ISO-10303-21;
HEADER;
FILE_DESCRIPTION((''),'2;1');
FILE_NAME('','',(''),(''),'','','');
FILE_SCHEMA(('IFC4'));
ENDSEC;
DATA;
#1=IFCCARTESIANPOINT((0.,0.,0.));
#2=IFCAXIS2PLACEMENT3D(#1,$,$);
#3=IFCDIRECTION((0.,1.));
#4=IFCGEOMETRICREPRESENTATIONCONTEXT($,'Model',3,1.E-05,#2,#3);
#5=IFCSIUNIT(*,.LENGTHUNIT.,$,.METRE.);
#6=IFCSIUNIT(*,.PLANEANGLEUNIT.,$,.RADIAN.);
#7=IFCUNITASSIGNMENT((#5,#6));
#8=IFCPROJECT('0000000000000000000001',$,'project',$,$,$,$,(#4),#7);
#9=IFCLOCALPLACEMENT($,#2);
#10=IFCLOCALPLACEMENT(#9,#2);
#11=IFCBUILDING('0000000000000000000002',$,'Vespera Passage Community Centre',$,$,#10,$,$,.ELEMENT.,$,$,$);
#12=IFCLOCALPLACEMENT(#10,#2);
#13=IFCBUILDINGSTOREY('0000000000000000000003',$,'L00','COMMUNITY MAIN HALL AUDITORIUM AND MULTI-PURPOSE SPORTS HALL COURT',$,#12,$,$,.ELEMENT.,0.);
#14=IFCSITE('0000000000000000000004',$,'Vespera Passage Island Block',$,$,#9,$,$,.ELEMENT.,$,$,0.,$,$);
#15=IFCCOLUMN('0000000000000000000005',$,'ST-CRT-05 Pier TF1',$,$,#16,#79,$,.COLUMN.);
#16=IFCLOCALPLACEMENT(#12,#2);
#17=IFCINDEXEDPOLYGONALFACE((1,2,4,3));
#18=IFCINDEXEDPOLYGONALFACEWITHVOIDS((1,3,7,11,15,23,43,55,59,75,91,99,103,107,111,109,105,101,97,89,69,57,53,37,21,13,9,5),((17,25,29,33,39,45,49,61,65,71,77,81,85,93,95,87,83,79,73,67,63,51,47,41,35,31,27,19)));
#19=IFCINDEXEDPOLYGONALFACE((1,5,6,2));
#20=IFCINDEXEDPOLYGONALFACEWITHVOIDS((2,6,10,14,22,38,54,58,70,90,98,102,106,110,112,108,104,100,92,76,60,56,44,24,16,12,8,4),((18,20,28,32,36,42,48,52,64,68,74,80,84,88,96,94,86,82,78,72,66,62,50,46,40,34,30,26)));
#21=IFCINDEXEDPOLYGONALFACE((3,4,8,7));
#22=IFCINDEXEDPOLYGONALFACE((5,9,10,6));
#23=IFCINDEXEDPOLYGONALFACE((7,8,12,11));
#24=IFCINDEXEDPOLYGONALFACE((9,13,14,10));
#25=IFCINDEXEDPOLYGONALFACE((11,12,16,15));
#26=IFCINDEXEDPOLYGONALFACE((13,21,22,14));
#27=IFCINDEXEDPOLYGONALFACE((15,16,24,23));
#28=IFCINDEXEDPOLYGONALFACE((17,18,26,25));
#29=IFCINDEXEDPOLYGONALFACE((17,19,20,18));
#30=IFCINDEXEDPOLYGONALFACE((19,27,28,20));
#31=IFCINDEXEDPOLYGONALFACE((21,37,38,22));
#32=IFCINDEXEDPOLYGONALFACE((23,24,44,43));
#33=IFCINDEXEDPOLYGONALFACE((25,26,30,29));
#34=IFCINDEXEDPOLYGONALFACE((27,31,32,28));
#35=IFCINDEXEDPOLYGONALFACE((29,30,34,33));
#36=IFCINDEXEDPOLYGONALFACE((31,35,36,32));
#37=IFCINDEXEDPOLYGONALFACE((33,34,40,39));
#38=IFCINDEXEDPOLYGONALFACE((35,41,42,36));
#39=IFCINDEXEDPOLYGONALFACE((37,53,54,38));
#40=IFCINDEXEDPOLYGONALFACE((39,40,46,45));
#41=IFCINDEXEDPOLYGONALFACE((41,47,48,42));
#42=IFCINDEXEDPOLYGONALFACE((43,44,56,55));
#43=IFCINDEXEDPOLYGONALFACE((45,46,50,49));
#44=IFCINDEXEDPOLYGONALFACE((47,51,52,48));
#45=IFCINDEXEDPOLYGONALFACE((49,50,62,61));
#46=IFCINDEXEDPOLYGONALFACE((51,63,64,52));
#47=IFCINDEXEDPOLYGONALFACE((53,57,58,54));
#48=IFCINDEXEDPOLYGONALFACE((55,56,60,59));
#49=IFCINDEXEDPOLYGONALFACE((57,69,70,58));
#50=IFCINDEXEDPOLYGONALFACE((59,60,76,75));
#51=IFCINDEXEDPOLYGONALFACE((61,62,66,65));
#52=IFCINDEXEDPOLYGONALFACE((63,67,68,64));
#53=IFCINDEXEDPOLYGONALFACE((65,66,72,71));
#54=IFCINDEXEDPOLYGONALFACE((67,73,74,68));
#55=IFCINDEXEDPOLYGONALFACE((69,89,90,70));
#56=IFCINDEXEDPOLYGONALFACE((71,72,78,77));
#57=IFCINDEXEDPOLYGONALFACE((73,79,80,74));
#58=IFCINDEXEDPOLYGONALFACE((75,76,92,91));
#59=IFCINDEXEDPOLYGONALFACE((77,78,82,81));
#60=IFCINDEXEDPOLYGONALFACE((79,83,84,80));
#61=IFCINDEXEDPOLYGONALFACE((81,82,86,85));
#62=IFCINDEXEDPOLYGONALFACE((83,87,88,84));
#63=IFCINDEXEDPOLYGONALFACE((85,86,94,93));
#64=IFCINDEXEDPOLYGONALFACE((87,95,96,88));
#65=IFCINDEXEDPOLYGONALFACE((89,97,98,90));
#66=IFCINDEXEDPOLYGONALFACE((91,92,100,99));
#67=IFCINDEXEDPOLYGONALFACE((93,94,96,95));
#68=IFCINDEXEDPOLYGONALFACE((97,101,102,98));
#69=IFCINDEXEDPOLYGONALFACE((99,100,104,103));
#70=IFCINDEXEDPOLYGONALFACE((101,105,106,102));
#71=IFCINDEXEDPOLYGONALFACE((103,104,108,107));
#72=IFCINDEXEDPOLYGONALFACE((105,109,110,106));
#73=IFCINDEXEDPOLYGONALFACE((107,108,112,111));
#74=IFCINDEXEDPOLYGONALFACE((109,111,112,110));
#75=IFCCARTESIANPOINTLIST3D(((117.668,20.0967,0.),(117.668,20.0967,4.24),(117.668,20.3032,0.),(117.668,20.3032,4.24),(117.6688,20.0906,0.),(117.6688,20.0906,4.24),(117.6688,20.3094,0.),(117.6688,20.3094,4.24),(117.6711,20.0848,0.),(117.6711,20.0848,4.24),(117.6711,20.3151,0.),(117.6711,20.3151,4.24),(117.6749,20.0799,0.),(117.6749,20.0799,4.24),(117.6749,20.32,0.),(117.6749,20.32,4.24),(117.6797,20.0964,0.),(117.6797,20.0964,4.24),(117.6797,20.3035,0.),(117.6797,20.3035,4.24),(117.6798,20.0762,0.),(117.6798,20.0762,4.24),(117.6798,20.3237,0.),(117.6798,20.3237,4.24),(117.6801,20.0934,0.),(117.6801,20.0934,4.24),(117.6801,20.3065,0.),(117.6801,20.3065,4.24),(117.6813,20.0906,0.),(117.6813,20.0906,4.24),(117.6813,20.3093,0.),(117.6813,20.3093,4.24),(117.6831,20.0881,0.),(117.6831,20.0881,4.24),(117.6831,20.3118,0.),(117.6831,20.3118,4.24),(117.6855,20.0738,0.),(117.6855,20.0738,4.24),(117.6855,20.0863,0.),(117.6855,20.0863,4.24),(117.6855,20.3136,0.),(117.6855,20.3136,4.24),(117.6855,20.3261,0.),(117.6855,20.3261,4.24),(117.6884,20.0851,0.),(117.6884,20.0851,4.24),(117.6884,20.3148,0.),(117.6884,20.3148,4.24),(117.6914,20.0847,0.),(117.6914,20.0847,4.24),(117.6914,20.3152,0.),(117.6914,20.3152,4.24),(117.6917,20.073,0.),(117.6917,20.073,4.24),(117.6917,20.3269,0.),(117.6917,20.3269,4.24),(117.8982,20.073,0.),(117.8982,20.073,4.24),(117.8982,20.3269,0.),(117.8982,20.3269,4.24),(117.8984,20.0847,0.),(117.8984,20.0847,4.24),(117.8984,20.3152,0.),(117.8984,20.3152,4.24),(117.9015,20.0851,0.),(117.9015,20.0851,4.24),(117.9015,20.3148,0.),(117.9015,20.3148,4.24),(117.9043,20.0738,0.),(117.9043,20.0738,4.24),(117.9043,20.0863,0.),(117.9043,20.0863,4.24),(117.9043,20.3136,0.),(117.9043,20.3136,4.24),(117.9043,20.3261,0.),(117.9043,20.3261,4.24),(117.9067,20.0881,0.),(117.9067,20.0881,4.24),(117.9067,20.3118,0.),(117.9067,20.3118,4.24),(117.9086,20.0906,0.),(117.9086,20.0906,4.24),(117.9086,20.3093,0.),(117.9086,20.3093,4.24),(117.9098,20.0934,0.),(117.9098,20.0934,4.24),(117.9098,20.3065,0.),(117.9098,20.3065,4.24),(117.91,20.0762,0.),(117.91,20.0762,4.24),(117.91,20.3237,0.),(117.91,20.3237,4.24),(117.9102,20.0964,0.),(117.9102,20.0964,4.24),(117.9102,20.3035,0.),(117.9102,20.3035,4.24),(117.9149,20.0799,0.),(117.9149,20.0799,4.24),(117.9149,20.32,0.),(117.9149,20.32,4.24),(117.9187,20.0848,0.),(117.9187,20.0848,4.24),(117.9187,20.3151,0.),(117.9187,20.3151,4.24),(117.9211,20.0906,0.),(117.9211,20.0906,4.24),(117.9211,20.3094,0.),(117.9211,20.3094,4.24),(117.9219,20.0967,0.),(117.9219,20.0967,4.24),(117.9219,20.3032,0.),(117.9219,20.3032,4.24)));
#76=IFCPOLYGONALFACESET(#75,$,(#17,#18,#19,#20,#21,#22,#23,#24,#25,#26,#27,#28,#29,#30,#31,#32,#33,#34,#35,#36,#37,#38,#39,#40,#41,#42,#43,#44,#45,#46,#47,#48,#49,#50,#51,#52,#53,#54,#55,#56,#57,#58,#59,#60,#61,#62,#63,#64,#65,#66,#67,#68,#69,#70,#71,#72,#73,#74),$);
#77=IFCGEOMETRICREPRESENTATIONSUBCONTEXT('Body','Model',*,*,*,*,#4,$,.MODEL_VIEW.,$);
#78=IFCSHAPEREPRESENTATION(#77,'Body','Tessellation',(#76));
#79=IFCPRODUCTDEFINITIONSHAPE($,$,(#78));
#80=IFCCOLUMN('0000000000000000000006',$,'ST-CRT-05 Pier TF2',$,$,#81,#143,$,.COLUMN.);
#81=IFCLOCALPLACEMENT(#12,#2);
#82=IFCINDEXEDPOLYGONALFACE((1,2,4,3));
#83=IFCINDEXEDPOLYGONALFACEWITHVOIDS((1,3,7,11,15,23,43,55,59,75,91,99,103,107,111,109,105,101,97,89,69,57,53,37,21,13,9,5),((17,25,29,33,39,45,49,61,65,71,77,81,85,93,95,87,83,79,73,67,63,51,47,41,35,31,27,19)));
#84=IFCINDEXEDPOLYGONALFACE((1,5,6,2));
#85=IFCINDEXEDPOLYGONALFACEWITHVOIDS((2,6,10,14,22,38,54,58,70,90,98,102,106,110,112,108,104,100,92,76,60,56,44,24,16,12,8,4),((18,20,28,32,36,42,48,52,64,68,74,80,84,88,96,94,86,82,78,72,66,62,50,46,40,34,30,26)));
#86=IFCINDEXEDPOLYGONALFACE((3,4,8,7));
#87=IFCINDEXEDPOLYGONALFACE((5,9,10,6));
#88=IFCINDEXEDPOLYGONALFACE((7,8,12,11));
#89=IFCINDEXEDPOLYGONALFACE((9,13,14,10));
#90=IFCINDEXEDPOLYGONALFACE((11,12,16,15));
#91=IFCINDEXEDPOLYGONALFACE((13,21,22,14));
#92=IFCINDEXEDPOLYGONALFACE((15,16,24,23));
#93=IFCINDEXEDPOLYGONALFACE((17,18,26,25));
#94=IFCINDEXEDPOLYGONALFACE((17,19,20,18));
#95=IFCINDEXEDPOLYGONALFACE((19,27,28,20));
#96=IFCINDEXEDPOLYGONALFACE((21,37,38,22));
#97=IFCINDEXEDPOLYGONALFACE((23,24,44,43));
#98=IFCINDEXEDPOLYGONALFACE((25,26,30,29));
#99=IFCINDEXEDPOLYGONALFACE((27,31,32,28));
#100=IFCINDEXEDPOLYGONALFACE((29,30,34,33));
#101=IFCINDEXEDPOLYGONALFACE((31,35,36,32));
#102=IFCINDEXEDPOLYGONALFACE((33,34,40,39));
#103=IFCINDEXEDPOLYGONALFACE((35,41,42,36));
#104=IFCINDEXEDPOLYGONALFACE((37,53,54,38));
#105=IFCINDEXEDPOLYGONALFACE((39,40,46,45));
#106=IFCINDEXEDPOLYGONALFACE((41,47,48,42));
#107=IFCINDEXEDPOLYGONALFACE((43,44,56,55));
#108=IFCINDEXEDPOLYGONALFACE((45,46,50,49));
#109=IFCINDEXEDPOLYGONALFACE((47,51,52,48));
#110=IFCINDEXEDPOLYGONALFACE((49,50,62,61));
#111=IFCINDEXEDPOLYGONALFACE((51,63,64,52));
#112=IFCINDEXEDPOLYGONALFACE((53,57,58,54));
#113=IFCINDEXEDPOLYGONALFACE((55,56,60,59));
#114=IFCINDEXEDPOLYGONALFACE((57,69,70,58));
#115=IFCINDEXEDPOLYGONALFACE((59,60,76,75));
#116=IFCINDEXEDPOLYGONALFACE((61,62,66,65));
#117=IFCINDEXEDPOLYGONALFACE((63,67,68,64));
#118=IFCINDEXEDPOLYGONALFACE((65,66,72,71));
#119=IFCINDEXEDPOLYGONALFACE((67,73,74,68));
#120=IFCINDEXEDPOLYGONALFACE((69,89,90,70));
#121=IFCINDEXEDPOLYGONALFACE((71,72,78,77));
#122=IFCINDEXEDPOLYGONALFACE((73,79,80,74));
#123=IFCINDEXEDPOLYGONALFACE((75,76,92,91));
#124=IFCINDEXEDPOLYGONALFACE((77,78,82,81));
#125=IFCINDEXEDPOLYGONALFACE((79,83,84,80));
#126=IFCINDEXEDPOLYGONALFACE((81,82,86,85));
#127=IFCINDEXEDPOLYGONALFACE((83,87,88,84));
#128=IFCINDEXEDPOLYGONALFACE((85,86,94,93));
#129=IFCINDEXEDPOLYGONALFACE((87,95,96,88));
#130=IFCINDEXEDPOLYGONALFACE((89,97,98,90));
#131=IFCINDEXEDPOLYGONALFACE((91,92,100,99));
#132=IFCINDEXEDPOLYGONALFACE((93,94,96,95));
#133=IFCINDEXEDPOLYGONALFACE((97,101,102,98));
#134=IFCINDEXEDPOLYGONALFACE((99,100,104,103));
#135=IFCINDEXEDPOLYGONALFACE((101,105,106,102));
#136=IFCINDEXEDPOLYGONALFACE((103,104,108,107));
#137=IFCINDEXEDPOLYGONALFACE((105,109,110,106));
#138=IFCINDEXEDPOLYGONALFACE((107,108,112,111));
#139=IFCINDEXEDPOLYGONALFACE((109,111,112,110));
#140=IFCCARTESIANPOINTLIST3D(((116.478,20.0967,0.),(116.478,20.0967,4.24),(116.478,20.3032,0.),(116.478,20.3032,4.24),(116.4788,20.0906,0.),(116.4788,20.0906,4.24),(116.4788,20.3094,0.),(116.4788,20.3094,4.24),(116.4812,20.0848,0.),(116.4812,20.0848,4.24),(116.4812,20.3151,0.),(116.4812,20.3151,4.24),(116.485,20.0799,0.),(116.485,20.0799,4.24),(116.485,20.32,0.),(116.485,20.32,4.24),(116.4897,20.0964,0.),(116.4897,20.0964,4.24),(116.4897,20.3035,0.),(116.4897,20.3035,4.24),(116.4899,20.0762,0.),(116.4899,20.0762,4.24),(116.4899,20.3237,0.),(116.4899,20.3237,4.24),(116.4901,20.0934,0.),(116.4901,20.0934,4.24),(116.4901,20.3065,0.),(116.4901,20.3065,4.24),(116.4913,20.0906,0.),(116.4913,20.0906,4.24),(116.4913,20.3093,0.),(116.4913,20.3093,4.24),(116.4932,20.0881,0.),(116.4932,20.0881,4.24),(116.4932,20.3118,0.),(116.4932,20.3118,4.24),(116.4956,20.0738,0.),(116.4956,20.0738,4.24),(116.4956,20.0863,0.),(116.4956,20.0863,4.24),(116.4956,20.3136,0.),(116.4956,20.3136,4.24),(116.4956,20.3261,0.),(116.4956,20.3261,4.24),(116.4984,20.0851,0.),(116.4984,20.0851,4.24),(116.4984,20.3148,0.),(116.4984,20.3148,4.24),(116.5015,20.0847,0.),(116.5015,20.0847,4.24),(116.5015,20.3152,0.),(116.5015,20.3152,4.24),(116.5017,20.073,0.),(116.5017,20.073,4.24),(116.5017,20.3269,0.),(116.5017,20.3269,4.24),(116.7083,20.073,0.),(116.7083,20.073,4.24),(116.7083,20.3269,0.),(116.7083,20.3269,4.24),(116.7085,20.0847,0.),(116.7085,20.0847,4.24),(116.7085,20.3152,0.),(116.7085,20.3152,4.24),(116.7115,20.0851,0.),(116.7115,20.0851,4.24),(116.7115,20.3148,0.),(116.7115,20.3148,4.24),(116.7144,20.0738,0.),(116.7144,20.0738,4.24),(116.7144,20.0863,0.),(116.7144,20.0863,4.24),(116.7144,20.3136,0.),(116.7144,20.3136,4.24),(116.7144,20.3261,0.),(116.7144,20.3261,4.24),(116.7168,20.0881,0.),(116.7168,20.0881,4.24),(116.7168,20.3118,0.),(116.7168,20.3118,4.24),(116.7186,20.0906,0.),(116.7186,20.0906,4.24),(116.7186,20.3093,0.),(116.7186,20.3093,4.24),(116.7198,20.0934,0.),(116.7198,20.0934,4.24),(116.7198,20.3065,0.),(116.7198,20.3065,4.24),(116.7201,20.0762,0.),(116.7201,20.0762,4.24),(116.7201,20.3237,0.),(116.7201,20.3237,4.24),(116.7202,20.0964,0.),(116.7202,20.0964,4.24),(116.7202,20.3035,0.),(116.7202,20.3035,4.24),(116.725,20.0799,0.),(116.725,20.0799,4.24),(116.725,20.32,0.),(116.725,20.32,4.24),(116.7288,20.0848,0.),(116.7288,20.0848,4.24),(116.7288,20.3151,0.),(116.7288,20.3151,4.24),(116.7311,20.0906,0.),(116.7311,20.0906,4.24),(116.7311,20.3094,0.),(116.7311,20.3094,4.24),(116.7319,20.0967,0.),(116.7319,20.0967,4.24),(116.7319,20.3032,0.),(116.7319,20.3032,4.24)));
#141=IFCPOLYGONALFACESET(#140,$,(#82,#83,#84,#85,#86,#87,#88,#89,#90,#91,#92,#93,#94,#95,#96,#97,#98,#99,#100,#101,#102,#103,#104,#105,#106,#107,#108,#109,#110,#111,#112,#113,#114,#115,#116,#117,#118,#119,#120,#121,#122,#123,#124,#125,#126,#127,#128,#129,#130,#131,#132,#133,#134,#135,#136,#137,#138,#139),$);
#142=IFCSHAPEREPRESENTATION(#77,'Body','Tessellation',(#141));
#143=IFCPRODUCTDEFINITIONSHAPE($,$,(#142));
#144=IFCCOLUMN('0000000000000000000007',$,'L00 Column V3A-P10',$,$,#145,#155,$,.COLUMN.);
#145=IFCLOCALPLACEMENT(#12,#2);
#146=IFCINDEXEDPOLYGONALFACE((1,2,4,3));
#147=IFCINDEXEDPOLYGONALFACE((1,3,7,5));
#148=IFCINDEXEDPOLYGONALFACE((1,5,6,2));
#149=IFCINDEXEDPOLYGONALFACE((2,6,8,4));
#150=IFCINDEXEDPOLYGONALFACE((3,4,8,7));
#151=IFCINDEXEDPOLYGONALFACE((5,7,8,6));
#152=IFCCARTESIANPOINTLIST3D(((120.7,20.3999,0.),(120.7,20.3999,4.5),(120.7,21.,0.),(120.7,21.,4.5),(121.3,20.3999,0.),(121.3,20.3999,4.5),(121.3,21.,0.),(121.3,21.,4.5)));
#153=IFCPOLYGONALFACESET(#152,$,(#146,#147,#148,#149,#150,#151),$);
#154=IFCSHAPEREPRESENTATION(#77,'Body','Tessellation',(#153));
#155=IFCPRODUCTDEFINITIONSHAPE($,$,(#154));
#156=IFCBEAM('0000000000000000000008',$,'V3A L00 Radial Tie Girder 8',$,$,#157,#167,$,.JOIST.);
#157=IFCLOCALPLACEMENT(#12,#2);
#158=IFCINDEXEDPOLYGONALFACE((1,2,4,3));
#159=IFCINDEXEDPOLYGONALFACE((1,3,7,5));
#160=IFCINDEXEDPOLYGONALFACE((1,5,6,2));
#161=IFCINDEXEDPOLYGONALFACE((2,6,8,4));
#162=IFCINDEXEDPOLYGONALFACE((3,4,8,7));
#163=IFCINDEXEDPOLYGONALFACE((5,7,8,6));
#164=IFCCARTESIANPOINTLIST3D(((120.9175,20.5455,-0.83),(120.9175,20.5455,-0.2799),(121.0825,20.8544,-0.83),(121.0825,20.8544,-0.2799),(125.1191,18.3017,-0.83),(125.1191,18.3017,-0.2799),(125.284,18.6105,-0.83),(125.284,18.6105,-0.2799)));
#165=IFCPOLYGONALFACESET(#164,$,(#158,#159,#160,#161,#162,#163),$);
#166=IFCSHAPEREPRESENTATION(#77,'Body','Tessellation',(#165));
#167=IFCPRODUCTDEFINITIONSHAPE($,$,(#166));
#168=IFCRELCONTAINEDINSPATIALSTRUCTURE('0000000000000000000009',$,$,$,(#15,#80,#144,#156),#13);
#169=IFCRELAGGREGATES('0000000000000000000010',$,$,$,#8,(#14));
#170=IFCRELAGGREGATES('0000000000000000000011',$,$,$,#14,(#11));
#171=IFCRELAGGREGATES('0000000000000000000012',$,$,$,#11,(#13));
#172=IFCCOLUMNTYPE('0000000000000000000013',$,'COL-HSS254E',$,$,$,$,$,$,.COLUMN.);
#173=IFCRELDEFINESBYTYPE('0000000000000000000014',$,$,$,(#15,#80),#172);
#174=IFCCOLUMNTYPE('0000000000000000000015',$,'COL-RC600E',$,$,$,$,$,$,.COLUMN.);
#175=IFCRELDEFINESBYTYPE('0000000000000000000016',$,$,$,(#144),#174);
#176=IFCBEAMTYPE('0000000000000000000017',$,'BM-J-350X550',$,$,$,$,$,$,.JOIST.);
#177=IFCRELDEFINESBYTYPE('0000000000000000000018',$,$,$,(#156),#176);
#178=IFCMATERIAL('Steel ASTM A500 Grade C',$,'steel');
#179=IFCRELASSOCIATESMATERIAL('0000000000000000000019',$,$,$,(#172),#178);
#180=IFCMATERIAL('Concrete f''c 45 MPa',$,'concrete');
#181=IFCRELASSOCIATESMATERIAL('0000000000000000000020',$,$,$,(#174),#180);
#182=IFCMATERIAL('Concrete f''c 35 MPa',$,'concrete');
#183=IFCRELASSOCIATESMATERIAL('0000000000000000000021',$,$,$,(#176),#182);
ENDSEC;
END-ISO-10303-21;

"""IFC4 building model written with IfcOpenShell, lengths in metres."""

from ifc_helpers import new_model, si_unit, direction, frame, origin, origin_2d, place, context, subcontext, project, spatial, rectangle, hollow_rectangle, extrude, material, material_profile, profile_set, type_object, element, save


model = new_model("IFC4")

# Units and contexts
model_context = context("Model", 3, precision=1e-05, world=origin(), true_north=direction((0.0, 1.0)))
body_context = subcontext(model_context, "Body", "Model", "MODEL_VIEW")
ifc_project = project(units=[si_unit("LENGTHUNIT", "METRE"), si_unit("PLANEANGLEUNIT", "RADIAN")], contexts=[model_context])

# Site, building, storey
site_placement = place(None, origin())
site = spatial("IfcSite", under=ifc_project, at=site_placement, Name="Vespera Passage Island Block", CompositionType="ELEMENT", RefElevation=0.0)
building_placement = place(site_placement, origin())
building = spatial("IfcBuilding", under=site, at=building_placement, Name="Vespera Passage Community Centre", CompositionType="ELEMENT")
storey_placement = place(building_placement, origin())
storey = spatial("IfcBuildingStorey", under=building, at=storey_placement, Name="L00", Description="COMMUNITY MAIN HALL AUDITORIUM AND MULTI-PURPOSE SPORTS HALL COURT", CompositionType="ELEMENT", Elevation=0.0)

# Columns
ifc_material_1 = material(Name="Steel ASTM A500 Grade C", Category="steel")
ifc_material_profile_1 = material_profile(ifc_material_1, hollow_rectangle(XDim=0.2539, YDim=0.2539, WallThickness=0.0117, InnerFilletRadius=0.0117, OuterFilletRadius=0.0237, at=origin_2d()), Name="HSS254X254X12.7")
ifc_profile_set_1 = profile_set([ifc_material_profile_1], Name="Steel ASTM A500 Grade C")
column_type_1 = type_object("IfcColumnType", Name="COL-HSS254E", PredefinedType="COLUMN", material=ifc_profile_set_1)
for number, where, z_axis, x_axis, name in (
    (1, (117.7949, 20.2, 0.0), (0.0, 0.0, 1.0), (1.0, 0.0, 0.0), "ST-CRT-05 Pier TF1"),
    (2, (116.605, 20.2, 0.0), (0.0, 0.0, 1.0), (1.0, 0.0, 0.0), "ST-CRT-05 Pier TF2"),
):
    element("IfcColumn", number, at=place(storey_placement, frame(where, z_axis=z_axis, x_axis=x_axis)), inside=storey, type_object=column_type_1, Name=name, PredefinedType="COLUMN", context=body_context, shape_type="SweptSolid", body=[
        extrude(hollow_rectangle(XDim=0.2539, YDim=0.2539, WallThickness=0.0117, InnerFilletRadius=0.0117, OuterFilletRadius=0.0237, at=origin_2d()), origin(), (0.0, 0.0, 1.0), 4.24),
    ])
ifc_material_2 = material(Name="Concrete f'c 45 MPa", Category="concrete")
ifc_material_profile_2 = material_profile(ifc_material_2, rectangle(XDim=0.6001, YDim=0.6001, at=origin_2d()), Name="RC600X600")
ifc_profile_set_2 = profile_set([ifc_material_profile_2], Name="Concrete f'c 45 MPa")
column_type_2 = type_object("IfcColumnType", Name="COL-RC600E", PredefinedType="COLUMN", material=ifc_profile_set_2)
column_placement = place(storey_placement, frame((121.0, 20.7, 0.0), z_axis=(0.0, 0.0, 1.0), x_axis=(1.0, 0.0, 0.0)))
element("IfcColumn", 3, at=column_placement, inside=storey, type_object=column_type_2, Name="L00 Column V3A-P10", PredefinedType="COLUMN", context=body_context, shape_type="SweptSolid", body=[
    extrude(rectangle(XDim=0.6001, YDim=0.6001, at=origin_2d()), origin(), (0.0, 0.0, 1.0), 4.5),
])

# Beam
ifc_material_3 = material(Name="Concrete f'c 35 MPa", Category="concrete")
ifc_material_profile_3 = material_profile(ifc_material_3, rectangle(XDim=0.3501, YDim=0.55, at=origin_2d()), Name="RC350X550")
ifc_profile_set_3 = profile_set([ifc_material_profile_3], Name="Concrete f'c 35 MPa")
beam_type_1 = type_object("IfcBeamType", Name="BM-J-350X550", PredefinedType="JOIST", material=ifc_profile_set_3)
beam_1_placement = place(storey_placement, frame((121.0, 20.7, -0.5549), z_axis=(0.88209, -0.47108, 0.0), x_axis=(0.47108, 0.88209, 0.0)))
element("IfcBeam", 4, at=beam_1_placement, inside=storey, type_object=beam_type_1, Name="V3A L00 Radial Tie Girder 8", PredefinedType="JOIST", context=body_context, shape_type="SweptSolid", body=[
    extrude(rectangle(XDim=0.3501, YDim=0.55, at=origin_2d()), origin(), (0.0, 0.0, 1.0), 4.7632),
])

save(model, "model.ifc")
